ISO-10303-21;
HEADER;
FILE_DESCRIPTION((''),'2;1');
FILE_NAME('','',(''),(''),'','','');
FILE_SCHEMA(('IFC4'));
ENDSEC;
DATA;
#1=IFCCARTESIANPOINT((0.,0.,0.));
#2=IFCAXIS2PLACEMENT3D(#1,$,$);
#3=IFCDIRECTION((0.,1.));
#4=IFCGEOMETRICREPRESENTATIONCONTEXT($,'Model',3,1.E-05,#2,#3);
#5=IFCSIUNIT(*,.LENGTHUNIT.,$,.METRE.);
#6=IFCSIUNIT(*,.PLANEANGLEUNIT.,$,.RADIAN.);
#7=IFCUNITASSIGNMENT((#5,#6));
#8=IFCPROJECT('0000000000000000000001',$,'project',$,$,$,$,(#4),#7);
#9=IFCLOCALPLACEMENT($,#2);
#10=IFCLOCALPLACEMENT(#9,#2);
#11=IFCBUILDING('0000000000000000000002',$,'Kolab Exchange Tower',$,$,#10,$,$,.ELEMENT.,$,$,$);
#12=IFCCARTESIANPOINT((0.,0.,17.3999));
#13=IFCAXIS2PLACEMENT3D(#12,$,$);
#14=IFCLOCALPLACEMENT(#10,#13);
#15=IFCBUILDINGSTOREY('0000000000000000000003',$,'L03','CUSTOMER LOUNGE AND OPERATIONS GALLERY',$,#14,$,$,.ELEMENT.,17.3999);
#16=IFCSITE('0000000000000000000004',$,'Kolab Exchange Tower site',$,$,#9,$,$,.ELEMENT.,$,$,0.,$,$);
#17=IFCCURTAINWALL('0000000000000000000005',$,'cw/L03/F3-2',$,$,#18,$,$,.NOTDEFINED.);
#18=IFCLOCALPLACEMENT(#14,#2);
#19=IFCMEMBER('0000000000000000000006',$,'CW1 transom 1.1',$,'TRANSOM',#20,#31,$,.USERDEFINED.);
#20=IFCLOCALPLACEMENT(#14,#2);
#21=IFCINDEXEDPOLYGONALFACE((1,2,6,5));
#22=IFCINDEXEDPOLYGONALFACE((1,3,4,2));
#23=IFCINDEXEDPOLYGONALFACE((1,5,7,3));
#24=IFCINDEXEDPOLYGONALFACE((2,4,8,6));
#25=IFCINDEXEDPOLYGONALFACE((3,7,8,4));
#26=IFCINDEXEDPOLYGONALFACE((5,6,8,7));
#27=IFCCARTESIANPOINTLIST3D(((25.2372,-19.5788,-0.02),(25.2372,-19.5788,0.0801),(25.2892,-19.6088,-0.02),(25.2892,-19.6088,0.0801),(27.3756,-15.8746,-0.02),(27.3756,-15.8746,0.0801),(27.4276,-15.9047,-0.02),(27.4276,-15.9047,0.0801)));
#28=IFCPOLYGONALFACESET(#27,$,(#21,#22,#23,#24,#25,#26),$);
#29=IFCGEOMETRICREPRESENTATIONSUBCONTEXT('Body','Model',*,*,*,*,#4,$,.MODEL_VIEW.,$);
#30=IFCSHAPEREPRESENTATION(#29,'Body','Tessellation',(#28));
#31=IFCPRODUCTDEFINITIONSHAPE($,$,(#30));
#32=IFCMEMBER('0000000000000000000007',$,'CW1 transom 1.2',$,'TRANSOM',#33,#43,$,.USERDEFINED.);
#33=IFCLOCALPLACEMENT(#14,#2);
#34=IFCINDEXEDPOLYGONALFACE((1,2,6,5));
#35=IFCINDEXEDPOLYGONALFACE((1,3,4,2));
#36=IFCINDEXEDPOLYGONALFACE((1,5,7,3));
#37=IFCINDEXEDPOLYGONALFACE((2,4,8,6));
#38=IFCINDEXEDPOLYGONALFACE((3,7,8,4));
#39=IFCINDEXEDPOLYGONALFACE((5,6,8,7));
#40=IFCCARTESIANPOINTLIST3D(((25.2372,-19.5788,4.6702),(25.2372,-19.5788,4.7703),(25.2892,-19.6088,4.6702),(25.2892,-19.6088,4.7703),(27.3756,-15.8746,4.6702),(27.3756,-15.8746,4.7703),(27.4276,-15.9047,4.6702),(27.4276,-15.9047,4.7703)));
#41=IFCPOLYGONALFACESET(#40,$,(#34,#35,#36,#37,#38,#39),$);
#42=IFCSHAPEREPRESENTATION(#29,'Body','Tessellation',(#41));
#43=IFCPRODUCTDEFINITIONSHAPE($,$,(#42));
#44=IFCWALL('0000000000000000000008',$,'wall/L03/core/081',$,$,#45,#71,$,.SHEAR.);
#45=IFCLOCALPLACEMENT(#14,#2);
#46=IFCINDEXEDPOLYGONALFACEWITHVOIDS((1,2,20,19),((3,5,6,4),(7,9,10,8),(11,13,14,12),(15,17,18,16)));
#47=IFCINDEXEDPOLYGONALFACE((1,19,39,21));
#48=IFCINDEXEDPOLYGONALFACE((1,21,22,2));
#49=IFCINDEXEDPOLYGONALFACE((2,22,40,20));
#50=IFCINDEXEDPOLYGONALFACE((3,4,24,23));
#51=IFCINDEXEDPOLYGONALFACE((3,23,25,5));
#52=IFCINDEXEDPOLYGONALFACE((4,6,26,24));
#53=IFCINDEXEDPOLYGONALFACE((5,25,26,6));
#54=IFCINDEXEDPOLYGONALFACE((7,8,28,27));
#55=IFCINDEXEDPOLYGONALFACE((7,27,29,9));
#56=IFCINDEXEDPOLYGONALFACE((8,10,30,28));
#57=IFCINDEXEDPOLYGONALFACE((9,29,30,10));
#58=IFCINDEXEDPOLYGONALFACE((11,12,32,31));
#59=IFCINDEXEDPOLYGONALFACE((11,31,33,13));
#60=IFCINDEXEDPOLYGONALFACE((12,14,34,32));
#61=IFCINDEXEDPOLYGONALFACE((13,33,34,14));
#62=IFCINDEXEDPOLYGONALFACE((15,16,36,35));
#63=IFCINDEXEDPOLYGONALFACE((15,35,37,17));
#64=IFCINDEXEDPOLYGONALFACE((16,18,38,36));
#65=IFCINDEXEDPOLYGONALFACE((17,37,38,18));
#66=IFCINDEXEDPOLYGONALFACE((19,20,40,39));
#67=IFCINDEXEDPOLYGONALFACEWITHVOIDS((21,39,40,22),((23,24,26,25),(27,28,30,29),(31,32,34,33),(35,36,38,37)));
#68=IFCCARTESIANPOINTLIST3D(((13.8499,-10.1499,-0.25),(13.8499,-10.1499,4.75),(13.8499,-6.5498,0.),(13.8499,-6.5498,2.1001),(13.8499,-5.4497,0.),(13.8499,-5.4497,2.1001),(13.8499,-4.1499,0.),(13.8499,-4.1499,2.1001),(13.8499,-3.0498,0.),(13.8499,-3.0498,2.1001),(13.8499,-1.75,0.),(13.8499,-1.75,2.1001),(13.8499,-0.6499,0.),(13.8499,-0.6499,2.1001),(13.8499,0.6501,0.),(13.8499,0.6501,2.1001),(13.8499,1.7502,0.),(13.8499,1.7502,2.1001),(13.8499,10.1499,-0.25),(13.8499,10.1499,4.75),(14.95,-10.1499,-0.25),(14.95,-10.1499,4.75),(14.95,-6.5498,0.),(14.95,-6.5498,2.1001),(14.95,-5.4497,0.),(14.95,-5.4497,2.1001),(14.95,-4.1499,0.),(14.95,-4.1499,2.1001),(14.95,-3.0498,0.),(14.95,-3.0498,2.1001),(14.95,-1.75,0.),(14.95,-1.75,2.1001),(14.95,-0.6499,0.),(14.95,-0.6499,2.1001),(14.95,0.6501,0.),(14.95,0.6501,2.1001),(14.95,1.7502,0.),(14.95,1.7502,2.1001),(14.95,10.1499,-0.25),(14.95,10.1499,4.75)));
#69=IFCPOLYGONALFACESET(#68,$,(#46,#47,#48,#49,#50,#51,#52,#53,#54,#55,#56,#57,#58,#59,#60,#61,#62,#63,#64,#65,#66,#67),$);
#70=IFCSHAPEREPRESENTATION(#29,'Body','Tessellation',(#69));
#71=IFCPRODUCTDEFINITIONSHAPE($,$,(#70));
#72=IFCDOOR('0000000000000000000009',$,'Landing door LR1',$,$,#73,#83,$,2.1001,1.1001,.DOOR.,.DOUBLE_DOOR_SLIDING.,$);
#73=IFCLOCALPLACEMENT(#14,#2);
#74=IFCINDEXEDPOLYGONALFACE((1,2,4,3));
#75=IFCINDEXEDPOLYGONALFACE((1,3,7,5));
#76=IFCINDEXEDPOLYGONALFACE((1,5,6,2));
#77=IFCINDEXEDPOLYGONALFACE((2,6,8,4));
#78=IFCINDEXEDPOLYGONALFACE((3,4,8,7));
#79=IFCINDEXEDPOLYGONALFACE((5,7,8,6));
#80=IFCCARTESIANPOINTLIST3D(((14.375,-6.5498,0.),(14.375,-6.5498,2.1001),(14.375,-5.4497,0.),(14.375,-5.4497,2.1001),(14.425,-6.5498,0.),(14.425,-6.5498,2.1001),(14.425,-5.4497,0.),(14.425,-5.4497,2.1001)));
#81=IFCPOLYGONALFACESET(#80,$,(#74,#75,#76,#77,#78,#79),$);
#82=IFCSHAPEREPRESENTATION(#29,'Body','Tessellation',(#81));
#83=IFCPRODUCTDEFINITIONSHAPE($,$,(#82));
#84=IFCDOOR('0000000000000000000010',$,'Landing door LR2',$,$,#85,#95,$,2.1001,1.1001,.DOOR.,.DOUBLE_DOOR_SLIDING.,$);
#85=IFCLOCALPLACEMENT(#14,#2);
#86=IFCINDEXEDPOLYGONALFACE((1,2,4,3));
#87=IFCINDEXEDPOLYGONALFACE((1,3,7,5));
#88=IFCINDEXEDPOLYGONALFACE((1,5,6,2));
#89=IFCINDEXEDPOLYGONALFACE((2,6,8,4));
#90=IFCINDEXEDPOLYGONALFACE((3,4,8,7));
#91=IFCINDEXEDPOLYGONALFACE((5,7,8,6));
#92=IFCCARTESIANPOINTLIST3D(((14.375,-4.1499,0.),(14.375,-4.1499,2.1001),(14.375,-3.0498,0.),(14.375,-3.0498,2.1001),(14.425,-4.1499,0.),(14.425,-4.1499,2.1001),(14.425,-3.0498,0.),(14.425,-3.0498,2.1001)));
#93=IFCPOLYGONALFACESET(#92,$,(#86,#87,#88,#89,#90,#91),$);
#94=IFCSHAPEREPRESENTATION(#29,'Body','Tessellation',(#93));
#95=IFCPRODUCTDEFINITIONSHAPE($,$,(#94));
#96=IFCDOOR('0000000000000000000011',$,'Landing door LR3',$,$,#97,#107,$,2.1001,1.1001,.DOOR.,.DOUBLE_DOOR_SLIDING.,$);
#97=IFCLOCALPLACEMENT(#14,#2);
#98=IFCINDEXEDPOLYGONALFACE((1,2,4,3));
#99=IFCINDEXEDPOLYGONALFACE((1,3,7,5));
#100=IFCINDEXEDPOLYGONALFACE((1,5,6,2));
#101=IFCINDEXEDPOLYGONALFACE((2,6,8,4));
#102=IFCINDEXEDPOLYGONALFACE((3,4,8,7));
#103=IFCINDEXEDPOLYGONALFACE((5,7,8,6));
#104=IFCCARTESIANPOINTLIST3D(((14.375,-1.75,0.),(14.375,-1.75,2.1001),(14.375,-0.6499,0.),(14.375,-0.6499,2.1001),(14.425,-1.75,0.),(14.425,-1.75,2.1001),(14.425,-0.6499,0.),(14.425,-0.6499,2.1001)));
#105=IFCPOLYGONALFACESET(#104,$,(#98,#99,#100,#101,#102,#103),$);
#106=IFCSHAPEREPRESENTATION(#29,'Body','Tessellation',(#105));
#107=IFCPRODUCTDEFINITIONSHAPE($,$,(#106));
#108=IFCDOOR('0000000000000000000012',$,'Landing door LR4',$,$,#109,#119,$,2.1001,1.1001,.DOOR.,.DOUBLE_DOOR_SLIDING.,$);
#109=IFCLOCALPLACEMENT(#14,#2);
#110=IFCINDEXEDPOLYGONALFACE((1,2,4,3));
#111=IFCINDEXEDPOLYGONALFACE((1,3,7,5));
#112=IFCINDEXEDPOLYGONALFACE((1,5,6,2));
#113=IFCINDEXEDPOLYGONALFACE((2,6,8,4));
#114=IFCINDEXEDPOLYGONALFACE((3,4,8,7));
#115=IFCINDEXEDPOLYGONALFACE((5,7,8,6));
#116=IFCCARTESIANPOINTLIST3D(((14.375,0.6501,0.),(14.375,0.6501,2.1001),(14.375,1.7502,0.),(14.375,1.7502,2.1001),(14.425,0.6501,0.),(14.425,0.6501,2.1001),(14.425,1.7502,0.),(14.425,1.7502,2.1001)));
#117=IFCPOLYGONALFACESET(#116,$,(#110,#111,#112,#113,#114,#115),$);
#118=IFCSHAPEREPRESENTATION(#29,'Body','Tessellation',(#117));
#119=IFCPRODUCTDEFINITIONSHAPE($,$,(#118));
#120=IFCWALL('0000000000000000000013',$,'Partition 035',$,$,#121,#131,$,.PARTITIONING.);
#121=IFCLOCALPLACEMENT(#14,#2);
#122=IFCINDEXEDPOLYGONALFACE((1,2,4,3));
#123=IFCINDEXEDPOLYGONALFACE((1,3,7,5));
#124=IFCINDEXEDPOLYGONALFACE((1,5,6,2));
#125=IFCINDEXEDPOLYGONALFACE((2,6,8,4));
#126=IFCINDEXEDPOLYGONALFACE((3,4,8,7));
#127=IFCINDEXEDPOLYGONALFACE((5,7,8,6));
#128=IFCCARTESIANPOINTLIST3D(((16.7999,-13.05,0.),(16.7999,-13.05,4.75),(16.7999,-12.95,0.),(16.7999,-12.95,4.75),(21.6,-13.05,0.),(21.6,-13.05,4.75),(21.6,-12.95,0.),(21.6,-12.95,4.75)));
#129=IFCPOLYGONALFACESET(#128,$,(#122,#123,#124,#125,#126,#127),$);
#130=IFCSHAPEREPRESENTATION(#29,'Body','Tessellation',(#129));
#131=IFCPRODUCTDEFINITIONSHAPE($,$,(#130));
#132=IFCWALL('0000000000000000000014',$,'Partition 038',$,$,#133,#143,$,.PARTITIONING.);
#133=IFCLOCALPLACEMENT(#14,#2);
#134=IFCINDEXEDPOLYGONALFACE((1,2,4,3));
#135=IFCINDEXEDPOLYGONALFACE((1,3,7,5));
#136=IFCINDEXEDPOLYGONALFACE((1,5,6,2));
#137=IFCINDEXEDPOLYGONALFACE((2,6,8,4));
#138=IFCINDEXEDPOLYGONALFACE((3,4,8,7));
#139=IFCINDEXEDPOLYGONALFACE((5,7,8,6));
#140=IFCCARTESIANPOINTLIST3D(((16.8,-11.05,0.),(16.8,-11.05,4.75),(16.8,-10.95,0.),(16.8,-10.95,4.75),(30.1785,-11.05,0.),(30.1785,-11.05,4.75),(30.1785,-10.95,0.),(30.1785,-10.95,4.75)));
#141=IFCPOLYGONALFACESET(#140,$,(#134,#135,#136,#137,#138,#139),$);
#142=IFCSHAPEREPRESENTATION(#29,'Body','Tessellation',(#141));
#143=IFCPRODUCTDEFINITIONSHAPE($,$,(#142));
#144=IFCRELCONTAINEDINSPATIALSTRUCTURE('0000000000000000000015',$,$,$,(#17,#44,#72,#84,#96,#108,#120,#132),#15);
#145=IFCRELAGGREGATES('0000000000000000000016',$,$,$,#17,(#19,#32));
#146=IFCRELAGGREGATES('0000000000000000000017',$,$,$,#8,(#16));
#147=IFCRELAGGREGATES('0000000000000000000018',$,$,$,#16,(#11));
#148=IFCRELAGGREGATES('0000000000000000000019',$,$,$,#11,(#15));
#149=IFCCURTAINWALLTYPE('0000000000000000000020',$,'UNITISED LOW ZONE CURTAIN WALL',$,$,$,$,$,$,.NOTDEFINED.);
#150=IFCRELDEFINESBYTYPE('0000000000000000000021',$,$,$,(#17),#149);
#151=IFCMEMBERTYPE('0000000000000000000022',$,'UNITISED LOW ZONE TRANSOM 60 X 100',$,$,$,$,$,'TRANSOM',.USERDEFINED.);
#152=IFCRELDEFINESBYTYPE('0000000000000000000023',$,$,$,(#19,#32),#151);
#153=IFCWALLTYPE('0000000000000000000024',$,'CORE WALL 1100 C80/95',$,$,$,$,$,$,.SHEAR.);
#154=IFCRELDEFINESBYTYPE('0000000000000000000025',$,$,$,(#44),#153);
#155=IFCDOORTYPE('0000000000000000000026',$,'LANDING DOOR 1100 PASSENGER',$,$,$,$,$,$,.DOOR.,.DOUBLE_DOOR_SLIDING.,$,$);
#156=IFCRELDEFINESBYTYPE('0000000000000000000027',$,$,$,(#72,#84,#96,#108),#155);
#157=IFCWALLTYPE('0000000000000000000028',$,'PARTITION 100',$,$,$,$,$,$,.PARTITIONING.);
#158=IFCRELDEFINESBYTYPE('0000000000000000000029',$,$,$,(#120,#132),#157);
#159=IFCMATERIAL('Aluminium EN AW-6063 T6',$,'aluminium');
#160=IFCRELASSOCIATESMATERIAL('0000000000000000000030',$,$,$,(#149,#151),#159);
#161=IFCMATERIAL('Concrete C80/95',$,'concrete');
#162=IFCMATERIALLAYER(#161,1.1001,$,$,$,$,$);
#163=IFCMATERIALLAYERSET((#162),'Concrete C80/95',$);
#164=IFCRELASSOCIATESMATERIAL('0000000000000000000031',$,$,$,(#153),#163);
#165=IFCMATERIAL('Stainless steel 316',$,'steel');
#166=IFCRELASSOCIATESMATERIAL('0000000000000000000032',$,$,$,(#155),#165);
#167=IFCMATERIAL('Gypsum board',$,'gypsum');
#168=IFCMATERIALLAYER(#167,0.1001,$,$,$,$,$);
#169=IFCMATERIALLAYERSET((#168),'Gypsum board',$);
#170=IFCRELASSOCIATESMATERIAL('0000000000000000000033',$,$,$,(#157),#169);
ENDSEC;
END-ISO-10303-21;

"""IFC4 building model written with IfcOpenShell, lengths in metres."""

from ifc_helpers import new_model, si_unit, direction, frame, frame_2d, origin, origin_2d, place, context, subcontext, project, spatial, rectangle, extrude, material, layer, layer_set, material_profile, profile_set, type_object, element, fill, aggregate, save


model = new_model("IFC4")

# Units and contexts
model_context = context("Model", 3, precision=1e-05, world=origin(), true_north=direction((0.0, 1.0)))
body_context = subcontext(model_context, "Body", "Model", "MODEL_VIEW")
ifc_project = project(units=[si_unit("LENGTHUNIT", "METRE"), si_unit("PLANEANGLEUNIT", "RADIAN")], contexts=[model_context])

# Site, building, storey
site_placement = place(None, origin())
site = spatial("IfcSite", under=ifc_project, at=site_placement, Name="Kolab Exchange Tower site", CompositionType="ELEMENT", RefElevation=0.0)
building_placement = place(site_placement, origin())
building = spatial("IfcBuilding", under=site, at=building_placement, Name="Kolab Exchange Tower", CompositionType="ELEMENT")
storey_placement = place(building_placement, frame((0.0, 0.0, 17.3999)))
storey = spatial("IfcBuildingStorey", under=building, at=storey_placement, Name="L03", Description="CUSTOMER LOUNGE AND OPERATIONS GALLERY", CompositionType="ELEMENT", Elevation=17.3999)

# Shared definitions
ifc_material_1 = material(Name="Concrete C80/95", Category="concrete")

# Curtain wall, members
ifc_material_2 = material(Name="Aluminium EN AW-6063 T6", Category="aluminium")
curtain_wall_type = type_object("IfcCurtainWallType", Name="UNITISED LOW ZONE CURTAIN WALL", PredefinedType="NOTDEFINED", material=ifc_material_2)
curtain_wall_placement = place(storey_placement, origin())
curtain_wall = element("IfcCurtainWall", 1, at=curtain_wall_placement, inside=storey, type_object=curtain_wall_type, Name="cw/L03/F3-2", PredefinedType="NOTDEFINED")
ifc_material_profile_1 = material_profile(ifc_material_2, rectangle(XDim=0.0601, YDim=0.1001, at=origin_2d()), Name="RECT 60X100")
ifc_profile_set_1 = profile_set([ifc_material_profile_1], Name="Aluminium EN AW-6063 T6")
member_type_1 = type_object("IfcMemberType", Name="UNITISED LOW ZONE TRANSOM 60 X 100", ElementType="TRANSOM", PredefinedType="USERDEFINED", material=ifc_profile_set_1)
member_1_placement = place(storey_placement, frame((27.4016, -15.8896, 0.03), z_axis=(-0.499976, -0.866039, 0.0), x_axis=(0.866039, -0.499976, 0.0)))
member_1 = element("IfcMember", 2, at=member_1_placement, type_object=member_type_1, Name="CW1 transom 1.1", ObjectType="TRANSOM", PredefinedType="USERDEFINED", context=body_context, shape_type="SweptSolid", body=[
    extrude(rectangle(XDim=0.0601, YDim=0.1001, at=origin_2d()), origin(), (0.0, 0.0, 1.0), 4.2771),
])
member_2_placement = place(storey_placement, frame((27.4016, -15.8896, 4.7202), z_axis=(-0.499976, -0.866039, 0.0), x_axis=(0.866039, -0.499976, 0.0)))
member_2 = element("IfcMember", 3, at=member_2_placement, type_object=member_type_1, Name="CW1 transom 1.2", ObjectType="TRANSOM", PredefinedType="USERDEFINED", context=body_context, shape_type="SweptSolid", body=[
    extrude(rectangle(XDim=0.0601, YDim=0.1001, at=origin_2d()), origin(), (0.0, 0.0, 1.0), 4.2771),
])
aggregate(curtain_wall, [member_1, member_2])

# Wall, openings, doors
ifc_layer_1 = layer(ifc_material_1, 1.1001)
ifc_layer_set_1 = layer_set([ifc_layer_1], Name="Concrete C80/95")
wall_type_1 = type_object("IfcWallType", Name="CORE WALL 1100 C80/95", PredefinedType="SHEAR", material=ifc_layer_set_1)
wall_1_placement = place(storey_placement, frame((14.3999, -10.1499, -0.25), z_axis=(0.0, 0.0, 1.0), x_axis=(0.0, 1.0, 0.0)))
wall_1 = element("IfcWall", 4, at=wall_1_placement, inside=storey, type_object=wall_type_1, Name="wall/L03/core/081", PredefinedType="SHEAR", context=body_context, shape_type="SweptSolid", body=[
    extrude(rectangle(XDim=20.2998, YDim=1.1001, at=frame_2d((10.1499, 0.0))), origin(), (0.0, 0.0, 1.0), 5.0),
])
opening_1_placement = place(wall_1_placement, frame((3.6001, 0.0, 0.25)))
opening_1 = element("IfcOpeningElement", 5, at=opening_1_placement, cuts=wall_1, PredefinedType="OPENING", context=body_context, shape_type="SweptSolid", body=[
    extrude(rectangle(XDim=1.1001, YDim=2.1001, at=frame_2d((0.55, 1.05))), frame((0.0, 0.5601, 0.0), z_axis=(0.0, -1.0, 0.0), x_axis=(1.0, 0.0, 0.0)), (0.0, 0.0, 1.0), 1.1201),
])
opening_2_placement = place(wall_1_placement, frame((6.0, 0.0, 0.25)))
opening_2 = element("IfcOpeningElement", 6, at=opening_2_placement, cuts=wall_1, PredefinedType="OPENING", context=body_context, shape_type="SweptSolid", body=[
    extrude(rectangle(XDim=1.1001, YDim=2.1001, at=frame_2d((0.55, 1.05))), frame((0.0, 0.5601, 0.0), z_axis=(0.0, -1.0, 0.0), x_axis=(1.0, 0.0, 0.0)), (0.0, 0.0, 1.0), 1.1201),
])
opening_3_placement = place(wall_1_placement, frame((8.3999, 0.0, 0.25)))
opening_3 = element("IfcOpeningElement", 7, at=opening_3_placement, cuts=wall_1, PredefinedType="OPENING", context=body_context, shape_type="SweptSolid", body=[
    extrude(rectangle(XDim=1.1001, YDim=2.1001, at=frame_2d((0.55, 1.05))), frame((0.0, 0.5601, 0.0), z_axis=(0.0, -1.0, 0.0), x_axis=(1.0, 0.0, 0.0)), (0.0, 0.0, 1.0), 1.1201),
])
opening_4_placement = place(wall_1_placement, frame((10.8, 0.0, 0.25)))
opening_4 = element("IfcOpeningElement", 8, at=opening_4_placement, cuts=wall_1, PredefinedType="OPENING", context=body_context, shape_type="SweptSolid", body=[
    extrude(rectangle(XDim=1.1001, YDim=2.1001, at=frame_2d((0.55, 1.05))), frame((0.0, 0.5601, 0.0), z_axis=(0.0, -1.0, 0.0), x_axis=(1.0, 0.0, 0.0)), (0.0, 0.0, 1.0), 1.1201),
])
ifc_material_3 = material(Name="Stainless steel 316", Category="steel")
door_type_1 = type_object("IfcDoorType", Name="LANDING DOOR 1100 PASSENGER", OperationType="DOUBLE_DOOR_SLIDING", PredefinedType="DOOR", material=ifc_material_3)
door_1_placement = place(opening_1_placement, origin())
door_1 = element("IfcDoor", 9, at=door_1_placement, inside=storey, type_object=door_type_1, Name="Landing door LR1", OperationType="DOUBLE_DOOR_SLIDING", OverallHeight=2.1001, OverallWidth=1.1001, PredefinedType="DOOR", context=body_context, shape_type="SweptSolid", body=[
    extrude(rectangle(XDim=1.1001, YDim=2.1001, at=frame_2d((0.55, 1.05))), frame((0.0, 0.0249, 0.0), z_axis=(0.0, -1.0, 0.0), x_axis=(1.0, 0.0, 0.0)), (0.0, 0.0, 1.0), 0.05),
])
fill(opening_1, door_1)
door_2_placement = place(opening_2_placement, origin())
door_2 = element("IfcDoor", 10, at=door_2_placement, inside=storey, type_object=door_type_1, Name="Landing door LR2", OperationType="DOUBLE_DOOR_SLIDING", OverallHeight=2.1001, OverallWidth=1.1001, PredefinedType="DOOR", context=body_context, shape_type="SweptSolid", body=[
    extrude(rectangle(XDim=1.1001, YDim=2.1001, at=frame_2d((0.55, 1.05))), frame((0.0, 0.0249, 0.0), z_axis=(0.0, -1.0, 0.0), x_axis=(1.0, 0.0, 0.0)), (0.0, 0.0, 1.0), 0.05),
])
fill(opening_2, door_2)
door_3_placement = place(opening_3_placement, origin())
door_3 = element("IfcDoor", 11, at=door_3_placement, inside=storey, type_object=door_type_1, Name="Landing door LR3", OperationType="DOUBLE_DOOR_SLIDING", OverallHeight=2.1001, OverallWidth=1.1001, PredefinedType="DOOR", context=body_context, shape_type="SweptSolid", body=[
    extrude(rectangle(XDim=1.1001, YDim=2.1001, at=frame_2d((0.55, 1.05))), frame((0.0, 0.0249, 0.0), z_axis=(0.0, -1.0, 0.0), x_axis=(1.0, 0.0, 0.0)), (0.0, 0.0, 1.0), 0.05),
])
fill(opening_3, door_3)
door_4_placement = place(opening_4_placement, origin())
door_4 = element("IfcDoor", 12, at=door_4_placement, inside=storey, type_object=door_type_1, Name="Landing door LR4", OperationType="DOUBLE_DOOR_SLIDING", OverallHeight=2.1001, OverallWidth=1.1001, PredefinedType="DOOR", context=body_context, shape_type="SweptSolid", body=[
    extrude(rectangle(XDim=1.1001, YDim=2.1001, at=frame_2d((0.55, 1.05))), frame((0.0, 0.0249, 0.0), z_axis=(0.0, -1.0, 0.0), x_axis=(1.0, 0.0, 0.0)), (0.0, 0.0, 1.0), 0.05),
])
fill(opening_4, door_4)

# Walls
ifc_material_4 = material(Name="Gypsum board", Category="gypsum")
ifc_layer_2 = layer(ifc_material_4, 0.1001)
ifc_layer_set_2 = layer_set([ifc_layer_2], Name="Gypsum board")
wall_type_2 = type_object("IfcWallType", Name="PARTITION 100", PredefinedType="PARTITIONING", material=ifc_layer_set_2)
wall_2_placement = place(storey_placement, frame((16.8, -13.0, 0.0), z_axis=(0.0, 0.0, 1.0), x_axis=(1.0, 0.0, 0.0)))
element("IfcWall", 13, at=wall_2_placement, inside=storey, type_object=wall_type_2, Name="Partition 035", PredefinedType="PARTITIONING", context=body_context, shape_type="SweptSolid", body=[
    extrude(rectangle(XDim=4.8, YDim=0.1001, at=frame_2d((2.3999, 0.0))), origin(), (0.0, 0.0, 1.0), 4.75),
])
wall_3_placement = place(storey_placement, frame((16.8, -11.0, 0.0), z_axis=(0.0, 0.0, 1.0), x_axis=(1.0, 0.0, 0.0)))
element("IfcWall", 14, at=wall_3_placement, inside=storey, type_object=wall_type_2, Name="Partition 038", PredefinedType="PARTITIONING", context=body_context, shape_type="SweptSolid", body=[
    extrude(rectangle(XDim=13.3784, YDim=0.1001, at=frame_2d((6.6892, 0.0))), origin(), (0.0, 0.0, 1.0), 4.75),
])

save(model, "model.ifc")
